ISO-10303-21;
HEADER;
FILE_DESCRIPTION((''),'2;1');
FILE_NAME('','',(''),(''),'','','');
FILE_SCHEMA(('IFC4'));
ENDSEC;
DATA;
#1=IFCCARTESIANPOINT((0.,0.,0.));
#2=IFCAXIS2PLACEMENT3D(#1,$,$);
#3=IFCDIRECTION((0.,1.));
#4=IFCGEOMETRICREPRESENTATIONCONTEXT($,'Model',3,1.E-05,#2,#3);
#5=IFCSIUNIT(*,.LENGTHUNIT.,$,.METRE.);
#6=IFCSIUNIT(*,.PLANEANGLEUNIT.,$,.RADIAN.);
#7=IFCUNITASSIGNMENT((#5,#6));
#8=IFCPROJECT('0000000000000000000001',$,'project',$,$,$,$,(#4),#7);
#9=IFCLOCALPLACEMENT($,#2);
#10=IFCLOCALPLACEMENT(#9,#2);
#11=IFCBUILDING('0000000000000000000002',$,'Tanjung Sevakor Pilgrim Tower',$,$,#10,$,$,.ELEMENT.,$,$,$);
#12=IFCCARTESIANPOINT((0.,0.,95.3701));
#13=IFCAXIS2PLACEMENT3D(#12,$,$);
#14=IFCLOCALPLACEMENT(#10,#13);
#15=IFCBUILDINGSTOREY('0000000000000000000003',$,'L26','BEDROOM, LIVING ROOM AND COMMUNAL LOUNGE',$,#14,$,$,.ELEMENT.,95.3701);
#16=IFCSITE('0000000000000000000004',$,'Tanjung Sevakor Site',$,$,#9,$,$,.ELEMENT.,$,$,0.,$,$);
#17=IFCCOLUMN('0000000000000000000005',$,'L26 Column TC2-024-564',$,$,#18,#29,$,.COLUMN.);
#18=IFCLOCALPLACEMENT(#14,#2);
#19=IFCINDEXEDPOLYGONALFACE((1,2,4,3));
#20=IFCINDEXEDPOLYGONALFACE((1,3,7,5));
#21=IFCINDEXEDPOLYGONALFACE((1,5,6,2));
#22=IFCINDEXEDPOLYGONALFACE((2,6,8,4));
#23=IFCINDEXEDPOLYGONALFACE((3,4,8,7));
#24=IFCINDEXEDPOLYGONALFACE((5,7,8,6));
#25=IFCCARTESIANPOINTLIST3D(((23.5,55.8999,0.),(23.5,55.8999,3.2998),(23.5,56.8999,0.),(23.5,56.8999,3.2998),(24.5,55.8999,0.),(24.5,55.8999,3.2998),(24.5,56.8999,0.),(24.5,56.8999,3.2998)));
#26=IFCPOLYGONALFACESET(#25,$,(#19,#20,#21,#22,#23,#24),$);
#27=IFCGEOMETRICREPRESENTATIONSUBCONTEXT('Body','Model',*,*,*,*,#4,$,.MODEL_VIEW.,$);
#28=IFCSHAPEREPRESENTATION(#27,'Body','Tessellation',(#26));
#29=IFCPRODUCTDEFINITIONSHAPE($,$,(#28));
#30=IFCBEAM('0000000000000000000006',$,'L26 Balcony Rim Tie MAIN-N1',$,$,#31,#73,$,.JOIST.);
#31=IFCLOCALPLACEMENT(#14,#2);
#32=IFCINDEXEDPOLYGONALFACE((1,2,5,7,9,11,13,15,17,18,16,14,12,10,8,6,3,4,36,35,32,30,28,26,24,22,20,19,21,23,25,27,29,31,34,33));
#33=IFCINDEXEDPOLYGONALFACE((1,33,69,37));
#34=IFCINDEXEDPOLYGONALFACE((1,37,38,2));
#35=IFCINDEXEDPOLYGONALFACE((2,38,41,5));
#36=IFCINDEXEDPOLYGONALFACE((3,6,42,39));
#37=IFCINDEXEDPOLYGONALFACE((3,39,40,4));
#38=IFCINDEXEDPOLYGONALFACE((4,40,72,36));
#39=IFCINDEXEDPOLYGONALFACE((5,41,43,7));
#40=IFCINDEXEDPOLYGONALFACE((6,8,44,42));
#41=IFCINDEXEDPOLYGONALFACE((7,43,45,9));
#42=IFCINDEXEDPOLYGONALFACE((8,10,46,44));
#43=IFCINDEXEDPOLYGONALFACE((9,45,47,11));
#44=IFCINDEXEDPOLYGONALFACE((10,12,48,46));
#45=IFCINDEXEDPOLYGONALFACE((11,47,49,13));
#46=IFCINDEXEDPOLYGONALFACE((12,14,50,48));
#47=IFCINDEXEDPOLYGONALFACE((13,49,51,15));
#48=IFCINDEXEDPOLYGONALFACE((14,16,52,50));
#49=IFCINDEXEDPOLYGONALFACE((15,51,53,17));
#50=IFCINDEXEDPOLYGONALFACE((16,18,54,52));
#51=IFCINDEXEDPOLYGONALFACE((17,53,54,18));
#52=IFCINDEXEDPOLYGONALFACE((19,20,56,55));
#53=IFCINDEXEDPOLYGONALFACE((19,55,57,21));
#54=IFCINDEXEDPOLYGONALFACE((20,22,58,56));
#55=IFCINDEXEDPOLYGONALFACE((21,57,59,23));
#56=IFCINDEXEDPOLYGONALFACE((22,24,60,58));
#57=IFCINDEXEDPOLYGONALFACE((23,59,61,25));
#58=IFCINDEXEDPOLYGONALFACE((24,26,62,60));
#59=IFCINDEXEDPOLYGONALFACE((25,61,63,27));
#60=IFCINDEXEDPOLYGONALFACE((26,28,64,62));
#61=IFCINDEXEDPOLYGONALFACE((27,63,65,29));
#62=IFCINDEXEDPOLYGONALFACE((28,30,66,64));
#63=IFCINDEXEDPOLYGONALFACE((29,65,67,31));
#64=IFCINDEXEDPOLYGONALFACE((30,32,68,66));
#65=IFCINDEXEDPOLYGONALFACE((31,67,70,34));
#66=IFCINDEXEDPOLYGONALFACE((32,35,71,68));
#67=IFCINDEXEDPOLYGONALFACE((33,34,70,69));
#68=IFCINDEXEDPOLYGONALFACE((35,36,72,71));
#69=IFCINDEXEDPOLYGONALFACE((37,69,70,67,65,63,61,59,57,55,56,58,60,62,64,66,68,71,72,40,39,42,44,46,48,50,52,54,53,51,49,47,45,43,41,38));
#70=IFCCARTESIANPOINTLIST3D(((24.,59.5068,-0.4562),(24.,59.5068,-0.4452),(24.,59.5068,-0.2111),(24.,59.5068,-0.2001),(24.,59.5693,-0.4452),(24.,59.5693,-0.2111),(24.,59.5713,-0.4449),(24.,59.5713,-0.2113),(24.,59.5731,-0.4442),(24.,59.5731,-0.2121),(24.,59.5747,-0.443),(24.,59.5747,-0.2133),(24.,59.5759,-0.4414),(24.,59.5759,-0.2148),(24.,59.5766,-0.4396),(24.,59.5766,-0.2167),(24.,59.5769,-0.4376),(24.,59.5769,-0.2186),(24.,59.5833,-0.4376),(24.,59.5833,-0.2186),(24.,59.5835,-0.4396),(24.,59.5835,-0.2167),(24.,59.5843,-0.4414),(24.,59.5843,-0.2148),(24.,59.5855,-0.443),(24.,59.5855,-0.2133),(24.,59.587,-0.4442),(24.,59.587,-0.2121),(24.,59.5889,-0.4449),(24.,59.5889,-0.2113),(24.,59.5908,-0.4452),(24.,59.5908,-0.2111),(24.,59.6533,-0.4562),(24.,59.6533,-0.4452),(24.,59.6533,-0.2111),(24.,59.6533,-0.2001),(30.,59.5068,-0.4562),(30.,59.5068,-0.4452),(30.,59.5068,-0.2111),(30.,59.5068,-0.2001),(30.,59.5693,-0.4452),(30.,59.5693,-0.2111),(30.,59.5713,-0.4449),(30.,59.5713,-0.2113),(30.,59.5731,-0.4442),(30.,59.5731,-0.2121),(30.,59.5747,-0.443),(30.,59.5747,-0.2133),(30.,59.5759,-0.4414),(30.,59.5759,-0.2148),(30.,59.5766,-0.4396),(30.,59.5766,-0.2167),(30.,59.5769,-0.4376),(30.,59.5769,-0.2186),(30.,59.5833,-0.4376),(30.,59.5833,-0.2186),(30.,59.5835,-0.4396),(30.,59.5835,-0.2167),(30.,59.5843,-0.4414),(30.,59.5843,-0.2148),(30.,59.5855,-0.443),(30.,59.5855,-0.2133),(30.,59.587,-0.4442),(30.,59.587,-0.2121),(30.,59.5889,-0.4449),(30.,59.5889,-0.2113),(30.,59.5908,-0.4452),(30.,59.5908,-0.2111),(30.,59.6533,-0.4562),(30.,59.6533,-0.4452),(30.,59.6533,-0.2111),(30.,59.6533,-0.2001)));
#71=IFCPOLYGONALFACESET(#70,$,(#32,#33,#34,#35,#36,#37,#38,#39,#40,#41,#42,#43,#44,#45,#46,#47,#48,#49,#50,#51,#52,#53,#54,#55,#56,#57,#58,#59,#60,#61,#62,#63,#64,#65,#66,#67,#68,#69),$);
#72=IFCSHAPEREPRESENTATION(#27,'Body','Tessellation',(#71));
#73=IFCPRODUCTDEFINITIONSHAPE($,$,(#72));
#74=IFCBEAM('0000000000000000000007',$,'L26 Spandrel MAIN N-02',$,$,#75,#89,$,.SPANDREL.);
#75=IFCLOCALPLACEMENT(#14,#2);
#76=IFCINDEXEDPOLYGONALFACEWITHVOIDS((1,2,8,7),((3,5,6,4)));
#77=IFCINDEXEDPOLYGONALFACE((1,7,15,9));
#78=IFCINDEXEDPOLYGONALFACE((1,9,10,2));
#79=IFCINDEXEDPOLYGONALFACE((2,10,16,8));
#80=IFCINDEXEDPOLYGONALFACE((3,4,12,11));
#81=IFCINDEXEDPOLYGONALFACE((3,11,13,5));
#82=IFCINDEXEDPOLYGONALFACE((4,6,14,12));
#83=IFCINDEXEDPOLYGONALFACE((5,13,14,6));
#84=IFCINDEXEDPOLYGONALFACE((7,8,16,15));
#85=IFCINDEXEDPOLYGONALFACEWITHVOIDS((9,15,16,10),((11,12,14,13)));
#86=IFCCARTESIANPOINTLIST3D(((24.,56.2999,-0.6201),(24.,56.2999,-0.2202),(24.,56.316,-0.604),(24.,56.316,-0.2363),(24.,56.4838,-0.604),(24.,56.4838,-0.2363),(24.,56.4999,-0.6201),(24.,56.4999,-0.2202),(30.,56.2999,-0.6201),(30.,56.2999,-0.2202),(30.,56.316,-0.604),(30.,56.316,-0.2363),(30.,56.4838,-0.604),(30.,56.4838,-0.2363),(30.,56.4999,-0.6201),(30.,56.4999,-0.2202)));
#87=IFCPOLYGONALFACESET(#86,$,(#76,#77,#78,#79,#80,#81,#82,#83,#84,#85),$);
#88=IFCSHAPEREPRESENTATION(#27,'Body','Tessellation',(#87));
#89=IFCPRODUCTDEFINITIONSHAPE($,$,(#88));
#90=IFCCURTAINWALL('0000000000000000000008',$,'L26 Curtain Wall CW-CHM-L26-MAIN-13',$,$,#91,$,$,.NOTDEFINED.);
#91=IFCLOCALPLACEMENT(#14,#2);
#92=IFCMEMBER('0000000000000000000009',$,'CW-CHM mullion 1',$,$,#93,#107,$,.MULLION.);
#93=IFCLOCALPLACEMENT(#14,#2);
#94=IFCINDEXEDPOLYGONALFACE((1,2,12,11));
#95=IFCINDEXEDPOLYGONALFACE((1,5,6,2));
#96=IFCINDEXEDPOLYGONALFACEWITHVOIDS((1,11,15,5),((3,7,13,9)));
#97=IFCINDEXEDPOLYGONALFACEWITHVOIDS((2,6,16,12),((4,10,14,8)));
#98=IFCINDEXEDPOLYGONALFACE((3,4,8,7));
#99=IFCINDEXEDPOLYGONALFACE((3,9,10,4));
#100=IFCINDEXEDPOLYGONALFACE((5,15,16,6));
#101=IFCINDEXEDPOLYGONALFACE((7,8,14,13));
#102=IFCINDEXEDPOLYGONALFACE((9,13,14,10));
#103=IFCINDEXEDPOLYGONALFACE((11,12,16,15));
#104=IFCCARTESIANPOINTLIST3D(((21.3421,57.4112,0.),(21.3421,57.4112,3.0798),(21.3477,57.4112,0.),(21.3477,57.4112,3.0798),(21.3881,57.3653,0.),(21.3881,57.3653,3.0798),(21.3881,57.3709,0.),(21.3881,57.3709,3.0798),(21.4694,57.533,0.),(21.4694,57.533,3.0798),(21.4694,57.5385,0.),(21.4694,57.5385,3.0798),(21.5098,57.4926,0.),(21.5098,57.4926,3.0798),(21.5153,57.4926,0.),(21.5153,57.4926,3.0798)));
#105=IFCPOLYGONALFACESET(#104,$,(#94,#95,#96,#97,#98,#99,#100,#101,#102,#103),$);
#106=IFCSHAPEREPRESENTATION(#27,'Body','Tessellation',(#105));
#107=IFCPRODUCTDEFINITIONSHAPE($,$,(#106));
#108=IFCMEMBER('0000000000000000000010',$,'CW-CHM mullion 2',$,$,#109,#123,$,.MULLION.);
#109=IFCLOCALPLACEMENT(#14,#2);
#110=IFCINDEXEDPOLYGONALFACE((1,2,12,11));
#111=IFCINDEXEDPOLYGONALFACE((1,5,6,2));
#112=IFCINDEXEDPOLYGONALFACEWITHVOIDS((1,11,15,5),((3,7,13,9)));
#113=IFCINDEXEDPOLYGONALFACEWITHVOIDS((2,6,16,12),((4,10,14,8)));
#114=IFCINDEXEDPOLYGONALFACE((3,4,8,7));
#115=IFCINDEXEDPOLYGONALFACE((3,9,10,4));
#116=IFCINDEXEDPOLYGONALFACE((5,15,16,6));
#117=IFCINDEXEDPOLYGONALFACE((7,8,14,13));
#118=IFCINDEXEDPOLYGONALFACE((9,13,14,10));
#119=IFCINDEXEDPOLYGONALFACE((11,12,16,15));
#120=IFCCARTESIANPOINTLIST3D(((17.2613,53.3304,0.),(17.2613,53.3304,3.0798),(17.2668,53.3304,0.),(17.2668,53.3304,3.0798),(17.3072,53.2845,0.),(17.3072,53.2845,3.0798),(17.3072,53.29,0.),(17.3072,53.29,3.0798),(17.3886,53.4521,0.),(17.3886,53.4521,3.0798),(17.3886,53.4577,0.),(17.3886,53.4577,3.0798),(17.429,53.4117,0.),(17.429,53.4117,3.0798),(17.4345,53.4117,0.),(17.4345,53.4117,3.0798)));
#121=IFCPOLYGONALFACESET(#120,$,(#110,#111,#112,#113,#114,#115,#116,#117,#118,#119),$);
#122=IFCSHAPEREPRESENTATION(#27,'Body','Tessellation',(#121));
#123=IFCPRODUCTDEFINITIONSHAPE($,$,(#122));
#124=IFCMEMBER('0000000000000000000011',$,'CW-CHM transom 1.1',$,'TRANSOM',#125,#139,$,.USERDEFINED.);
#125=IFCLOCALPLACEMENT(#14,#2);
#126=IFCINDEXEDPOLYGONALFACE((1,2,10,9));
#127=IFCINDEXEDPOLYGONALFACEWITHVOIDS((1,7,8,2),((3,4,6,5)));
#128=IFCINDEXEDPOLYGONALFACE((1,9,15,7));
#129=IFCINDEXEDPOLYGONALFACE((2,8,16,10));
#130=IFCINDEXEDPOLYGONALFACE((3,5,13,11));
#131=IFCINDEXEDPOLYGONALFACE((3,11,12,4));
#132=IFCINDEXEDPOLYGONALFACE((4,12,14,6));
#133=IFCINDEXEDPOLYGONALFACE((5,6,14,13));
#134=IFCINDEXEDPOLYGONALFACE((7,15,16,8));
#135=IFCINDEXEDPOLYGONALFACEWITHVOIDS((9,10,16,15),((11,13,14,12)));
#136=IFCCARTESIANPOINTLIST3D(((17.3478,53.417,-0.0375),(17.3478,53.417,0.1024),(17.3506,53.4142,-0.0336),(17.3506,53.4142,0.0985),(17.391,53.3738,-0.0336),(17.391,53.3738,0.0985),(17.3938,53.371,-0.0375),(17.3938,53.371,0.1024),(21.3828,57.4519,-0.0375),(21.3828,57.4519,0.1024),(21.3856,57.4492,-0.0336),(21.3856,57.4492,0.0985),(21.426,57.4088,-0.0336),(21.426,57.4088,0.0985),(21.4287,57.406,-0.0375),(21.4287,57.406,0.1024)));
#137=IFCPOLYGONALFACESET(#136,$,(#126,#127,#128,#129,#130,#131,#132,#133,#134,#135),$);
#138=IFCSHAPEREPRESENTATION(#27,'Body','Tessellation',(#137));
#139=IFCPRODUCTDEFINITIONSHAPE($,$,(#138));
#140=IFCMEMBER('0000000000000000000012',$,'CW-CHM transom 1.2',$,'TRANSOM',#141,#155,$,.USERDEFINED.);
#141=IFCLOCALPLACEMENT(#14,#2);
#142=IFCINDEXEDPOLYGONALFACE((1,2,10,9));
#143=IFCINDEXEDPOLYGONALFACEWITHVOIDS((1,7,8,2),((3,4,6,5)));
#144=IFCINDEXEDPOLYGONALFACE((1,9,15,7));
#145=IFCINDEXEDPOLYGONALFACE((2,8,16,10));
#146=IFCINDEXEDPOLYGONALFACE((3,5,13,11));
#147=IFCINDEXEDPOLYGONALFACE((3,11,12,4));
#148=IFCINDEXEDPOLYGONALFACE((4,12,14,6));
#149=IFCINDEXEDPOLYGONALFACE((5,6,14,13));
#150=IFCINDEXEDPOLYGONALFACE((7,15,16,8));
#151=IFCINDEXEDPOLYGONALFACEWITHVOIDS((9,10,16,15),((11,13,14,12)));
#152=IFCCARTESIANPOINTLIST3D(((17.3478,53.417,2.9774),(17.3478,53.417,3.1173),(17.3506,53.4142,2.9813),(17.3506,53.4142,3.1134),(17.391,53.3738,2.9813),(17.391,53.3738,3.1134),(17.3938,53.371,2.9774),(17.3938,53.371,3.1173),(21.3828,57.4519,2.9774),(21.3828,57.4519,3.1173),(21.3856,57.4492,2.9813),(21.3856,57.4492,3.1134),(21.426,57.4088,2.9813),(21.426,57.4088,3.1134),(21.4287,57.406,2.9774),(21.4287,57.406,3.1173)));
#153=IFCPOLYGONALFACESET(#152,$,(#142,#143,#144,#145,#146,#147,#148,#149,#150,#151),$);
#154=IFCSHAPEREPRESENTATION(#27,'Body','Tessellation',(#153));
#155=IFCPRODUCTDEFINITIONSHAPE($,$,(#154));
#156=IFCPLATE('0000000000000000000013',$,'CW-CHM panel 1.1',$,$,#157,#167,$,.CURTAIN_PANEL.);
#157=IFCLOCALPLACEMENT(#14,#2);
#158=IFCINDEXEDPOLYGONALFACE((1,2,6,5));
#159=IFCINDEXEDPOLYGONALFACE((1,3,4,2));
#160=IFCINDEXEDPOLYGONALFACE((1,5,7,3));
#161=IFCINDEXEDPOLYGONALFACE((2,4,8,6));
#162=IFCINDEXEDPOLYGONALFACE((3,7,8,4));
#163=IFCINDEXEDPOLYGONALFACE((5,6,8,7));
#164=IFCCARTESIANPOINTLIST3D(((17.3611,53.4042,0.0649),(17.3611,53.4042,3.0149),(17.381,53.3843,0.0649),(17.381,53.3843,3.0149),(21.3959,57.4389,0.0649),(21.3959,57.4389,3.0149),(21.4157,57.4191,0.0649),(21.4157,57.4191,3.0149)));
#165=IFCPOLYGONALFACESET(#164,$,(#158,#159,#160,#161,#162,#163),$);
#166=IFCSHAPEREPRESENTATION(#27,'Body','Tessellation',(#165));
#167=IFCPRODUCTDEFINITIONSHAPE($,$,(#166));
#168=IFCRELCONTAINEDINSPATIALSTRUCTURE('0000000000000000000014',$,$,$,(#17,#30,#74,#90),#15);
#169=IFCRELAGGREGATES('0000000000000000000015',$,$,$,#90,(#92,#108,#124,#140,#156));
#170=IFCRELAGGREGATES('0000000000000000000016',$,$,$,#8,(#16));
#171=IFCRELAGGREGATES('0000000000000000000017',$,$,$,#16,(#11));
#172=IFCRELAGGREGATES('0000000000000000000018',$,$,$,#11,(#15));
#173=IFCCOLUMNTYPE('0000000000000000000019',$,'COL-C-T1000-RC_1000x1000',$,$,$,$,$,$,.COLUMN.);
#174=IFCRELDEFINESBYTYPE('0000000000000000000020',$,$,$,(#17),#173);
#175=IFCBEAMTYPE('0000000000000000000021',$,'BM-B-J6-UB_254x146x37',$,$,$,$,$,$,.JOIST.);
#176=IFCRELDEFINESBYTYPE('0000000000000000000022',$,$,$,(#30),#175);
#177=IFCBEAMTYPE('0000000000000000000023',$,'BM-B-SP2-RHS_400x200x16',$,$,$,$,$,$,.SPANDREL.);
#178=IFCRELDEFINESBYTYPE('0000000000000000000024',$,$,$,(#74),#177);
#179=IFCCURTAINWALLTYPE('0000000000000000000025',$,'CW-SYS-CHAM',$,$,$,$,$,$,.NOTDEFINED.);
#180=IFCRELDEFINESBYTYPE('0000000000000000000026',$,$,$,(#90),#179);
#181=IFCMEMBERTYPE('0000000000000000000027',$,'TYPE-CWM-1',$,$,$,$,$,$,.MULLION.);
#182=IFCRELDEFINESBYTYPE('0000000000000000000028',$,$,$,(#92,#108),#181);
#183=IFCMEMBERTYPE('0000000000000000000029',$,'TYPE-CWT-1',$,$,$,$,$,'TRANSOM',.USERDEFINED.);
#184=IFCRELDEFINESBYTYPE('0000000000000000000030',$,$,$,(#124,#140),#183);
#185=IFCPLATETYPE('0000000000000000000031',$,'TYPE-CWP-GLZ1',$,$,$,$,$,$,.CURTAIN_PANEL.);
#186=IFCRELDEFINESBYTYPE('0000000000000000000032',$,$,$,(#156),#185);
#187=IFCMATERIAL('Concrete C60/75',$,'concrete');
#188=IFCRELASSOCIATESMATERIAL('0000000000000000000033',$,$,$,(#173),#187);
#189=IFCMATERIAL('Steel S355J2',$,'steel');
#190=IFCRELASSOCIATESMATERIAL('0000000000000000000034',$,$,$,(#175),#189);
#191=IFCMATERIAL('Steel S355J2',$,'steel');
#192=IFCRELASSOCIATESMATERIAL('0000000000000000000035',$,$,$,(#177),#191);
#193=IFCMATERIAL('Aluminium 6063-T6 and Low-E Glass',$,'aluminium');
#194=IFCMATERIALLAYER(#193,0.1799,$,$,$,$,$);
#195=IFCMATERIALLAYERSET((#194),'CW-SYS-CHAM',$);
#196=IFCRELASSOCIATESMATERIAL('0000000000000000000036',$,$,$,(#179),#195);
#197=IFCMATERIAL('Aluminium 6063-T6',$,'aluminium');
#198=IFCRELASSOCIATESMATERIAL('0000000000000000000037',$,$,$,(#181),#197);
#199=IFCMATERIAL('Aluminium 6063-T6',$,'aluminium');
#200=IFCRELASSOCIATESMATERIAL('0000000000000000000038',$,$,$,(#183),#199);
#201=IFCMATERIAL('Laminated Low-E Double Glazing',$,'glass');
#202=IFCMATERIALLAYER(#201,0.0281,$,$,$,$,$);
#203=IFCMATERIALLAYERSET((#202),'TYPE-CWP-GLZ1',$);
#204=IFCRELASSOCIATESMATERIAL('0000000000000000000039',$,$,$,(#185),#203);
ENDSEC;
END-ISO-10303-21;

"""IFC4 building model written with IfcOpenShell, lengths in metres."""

from ifc_helpers import new_model, si_unit, direction, frame, origin, origin_2d, place, context, subcontext, project, spatial, rectangle, hollow_rectangle, i_section, extrude, material, layer, layer_set, material_profile, profile_set, type_object, element, aggregate, save


model = new_model("IFC4")

# Units and contexts
model_context = context("Model", 3, precision=1e-05, world=origin(), true_north=direction((0.0, 1.0)))
body_context = subcontext(model_context, "Body", "Model", "MODEL_VIEW")
ifc_project = project(units=[si_unit("LENGTHUNIT", "METRE"), si_unit("PLANEANGLEUNIT", "RADIAN")], contexts=[model_context])

# Site, building, storey
site_placement = place(None, origin())
site = spatial("IfcSite", under=ifc_project, at=site_placement, Name="Tanjung Sevakor Site", CompositionType="ELEMENT", RefElevation=0.0)
building_placement = place(site_placement, origin())
building = spatial("IfcBuilding", under=site, at=building_placement, Name="Tanjung Sevakor Pilgrim Tower", CompositionType="ELEMENT")
storey_placement = place(building_placement, frame((0.0, 0.0, 95.3701)))
storey = spatial("IfcBuildingStorey", under=building, at=storey_placement, Name="L26", Description="BEDROOM, LIVING ROOM AND COMMUNAL LOUNGE", CompositionType="ELEMENT", Elevation=95.3701)

# Column
ifc_material_1 = material(Name="Concrete C60/75", Category="concrete")
ifc_material_profile_1 = material_profile(ifc_material_1, rectangle(XDim=1.0, YDim=1.0, at=origin_2d()))
ifc_profile_set_1 = profile_set([ifc_material_profile_1], Name="Concrete C60/75")
column_type = type_object("IfcColumnType", Name="COL-C-T1000-RC_1000x1000", PredefinedType="COLUMN", material=ifc_profile_set_1)
column_placement = place(storey_placement, frame((24.0, 56.3999, 0.0), z_axis=(0.0, 0.0, 1.0), x_axis=(1.0, 0.0, 0.0)))
element("IfcColumn", 1, at=column_placement, inside=storey, type_object=column_type, Name="L26 Column TC2-024-564", PredefinedType="COLUMN", context=body_context, shape_type="SweptSolid", body=[
    extrude(rectangle(XDim=1.0, YDim=1.0, at=origin_2d()), origin(), (0.0, 0.0, 1.0), 3.2998),
])

# Beams
ifc_material_2 = material(Name="Steel S355J2", Category="steel")
ifc_material_profile_2 = material_profile(ifc_material_2, i_section(OverallWidth=0.1465, OverallDepth=0.2561, WebThickness=0.0063, FlangeThickness=0.011, FilletRadius=0.0076, at=origin_2d()))
ifc_profile_set_2 = profile_set([ifc_material_profile_2], Name="Steel S355J2")
beam_type_1 = type_object("IfcBeamType", Name="BM-B-J6-UB_254x146x37", PredefinedType="JOIST", material=ifc_profile_set_2)
beam_1_placement = place(storey_placement, frame((24.0, 59.5801, -0.3281), z_axis=(1.0, 0.0, 0.0), x_axis=(0.0, 1.0, 0.0)))
element("IfcBeam", 2, at=beam_1_placement, inside=storey, type_object=beam_type_1, Name="L26 Balcony Rim Tie MAIN-N1", PredefinedType="JOIST", context=body_context, shape_type="SweptSolid", body=[
    extrude(i_section(OverallWidth=0.1465, OverallDepth=0.2561, WebThickness=0.0063, FlangeThickness=0.011, FilletRadius=0.0076, at=origin_2d()), origin(), (0.0, 0.0, 1.0), 6.0),
])
ifc_material_3 = material(Name="Steel S355J2", Category="steel")
ifc_material_profile_3 = material_profile(ifc_material_3, hollow_rectangle(XDim=0.2, YDim=0.3999, WallThickness=0.0161, at=origin_2d()))
ifc_profile_set_3 = profile_set([ifc_material_profile_3], Name="Steel S355J2")
beam_type_2 = type_object("IfcBeamType", Name="BM-B-SP2-RHS_400x200x16", PredefinedType="SPANDREL", material=ifc_profile_set_3)
beam_2_placement = place(storey_placement, frame((24.0, 56.3999, -0.4202), z_axis=(1.0, 0.0, 0.0), x_axis=(0.0, 1.0, 0.0)))
element("IfcBeam", 3, at=beam_2_placement, inside=storey, type_object=beam_type_2, Name="L26 Spandrel MAIN N-02", PredefinedType="SPANDREL", context=body_context, shape_type="SweptSolid", body=[
    extrude(hollow_rectangle(XDim=0.2, YDim=0.3999, WallThickness=0.0161, at=origin_2d()), origin(), (0.0, 0.0, 1.0), 6.0),
])

# Curtain wall, members, plate
ifc_material_4 = material(Name="Aluminium 6063-T6 and Low-E Glass", Category="aluminium")
ifc_layer_1 = layer(ifc_material_4, 0.1799)
ifc_layer_set_1 = layer_set([ifc_layer_1], Name="CW-SYS-CHAM")
curtain_wall_type = type_object("IfcCurtainWallType", Name="CW-SYS-CHAM", PredefinedType="NOTDEFINED", material=ifc_layer_set_1)
curtain_wall_placement = place(storey_placement, origin())
curtain_wall = element("IfcCurtainWall", 4, at=curtain_wall_placement, inside=storey, type_object=curtain_wall_type, Name="L26 Curtain Wall CW-CHM-L26-MAIN-13", PredefinedType="NOTDEFINED")
ifc_material_5 = material(Name="Aluminium 6063-T6", Category="aluminium")
ifc_material_profile_4 = material_profile(ifc_material_5, hollow_rectangle(XDim=0.0649, YDim=0.1799, WallThickness=0.0039, at=origin_2d()))
ifc_profile_set_4 = profile_set([ifc_material_profile_4], Name="Aluminium 6063-T6")
member_type_1 = type_object("IfcMemberType", Name="TYPE-CWM-1", PredefinedType="MULLION", material=ifc_profile_set_4)
member_1_placement = place(storey_placement, frame((21.4287, 57.4519, 0.0), z_axis=(0.0, 0.0, 1.0), x_axis=(0.707107, -0.707107, 0.0)))
member_1 = element("IfcMember", 5, at=member_1_placement, type_object=member_type_1, Name="CW-CHM mullion 1", PredefinedType="MULLION", context=body_context, shape_type="SweptSolid", body=[
    extrude(hollow_rectangle(XDim=0.0649, YDim=0.1799, WallThickness=0.0039, at=origin_2d()), origin(), (0.0, 0.0, 1.0), 3.0798),
])
member_2_placement = place(storey_placement, frame((17.3479, 53.3711, 0.0), z_axis=(0.0, 0.0, 1.0), x_axis=(0.707107, -0.707107, 0.0)))
member_2 = element("IfcMember", 6, at=member_2_placement, type_object=member_type_1, Name="CW-CHM mullion 2", PredefinedType="MULLION", context=body_context, shape_type="SweptSolid", body=[
    extrude(hollow_rectangle(XDim=0.0649, YDim=0.1799, WallThickness=0.0039, at=origin_2d()), origin(), (0.0, 0.0, 1.0), 3.0798),
])
ifc_material_6 = material(Name="Aluminium 6063-T6", Category="aluminium")
ifc_material_profile_5 = material_profile(ifc_material_6, hollow_rectangle(XDim=0.0649, YDim=0.1399, WallThickness=0.0039, at=origin_2d()))
ifc_profile_set_5 = profile_set([ifc_material_profile_5], Name="Aluminium 6063-T6")
member_type_2 = type_object("IfcMemberType", Name="TYPE-CWT-1", ElementType="TRANSOM", PredefinedType="USERDEFINED", material=ifc_profile_set_5)
member_3_placement = place(storey_placement, frame((21.4058, 57.429, 0.0325), z_axis=(-0.707107, -0.707107, 0.0), x_axis=(0.707107, -0.707107, 0.0)))
member_3 = element("IfcMember", 7, at=member_3_placement, type_object=member_type_2, Name="CW-CHM transom 1.1", ObjectType="TRANSOM", PredefinedType="USERDEFINED", context=body_context, shape_type="SweptSolid", body=[
    extrude(hollow_rectangle(XDim=0.0649, YDim=0.1399, WallThickness=0.0039, at=origin_2d()), origin(), (0.0, 0.0, 1.0), 5.7063),
])
member_4_placement = place(storey_placement, frame((21.4058, 57.429, 3.0474), z_axis=(-0.707107, -0.707107, 0.0), x_axis=(0.707107, -0.707107, 0.0)))
member_4 = element("IfcMember", 8, at=member_4_placement, type_object=member_type_2, Name="CW-CHM transom 1.2", ObjectType="TRANSOM", PredefinedType="USERDEFINED", context=body_context, shape_type="SweptSolid", body=[
    extrude(hollow_rectangle(XDim=0.0649, YDim=0.1399, WallThickness=0.0039, at=origin_2d()), origin(), (0.0, 0.0, 1.0), 5.7063),
])
ifc_material_7 = material(Name="Laminated Low-E Double Glazing", Category="glass")
ifc_layer_2 = layer(ifc_material_7, 0.0281)
ifc_layer_set_2 = layer_set([ifc_layer_2], Name="TYPE-CWP-GLZ1")
plate_type = type_object("IfcPlateType", Name="TYPE-CWP-GLZ1", PredefinedType="CURTAIN_PANEL", material=ifc_layer_set_2)
plate_placement = place(storey_placement, frame((19.3884, 55.4116, 0.0649), z_axis=(0.0, 0.0, 1.0), x_axis=(-0.707107, -0.707107, 0.0)))
plate = element("IfcPlate", 9, at=plate_placement, type_object=plate_type, Name="CW-CHM panel 1.1", PredefinedType="CURTAIN_PANEL", context=body_context, shape_type="SweptSolid", body=[
    extrude(rectangle(XDim=5.7061, YDim=0.0281, at=origin_2d()), origin(), (0.0, 0.0, 1.0), 2.95),
])
aggregate(curtain_wall, [member_1, member_2, member_3, member_4, plate])

save(model, "model.ifc")
